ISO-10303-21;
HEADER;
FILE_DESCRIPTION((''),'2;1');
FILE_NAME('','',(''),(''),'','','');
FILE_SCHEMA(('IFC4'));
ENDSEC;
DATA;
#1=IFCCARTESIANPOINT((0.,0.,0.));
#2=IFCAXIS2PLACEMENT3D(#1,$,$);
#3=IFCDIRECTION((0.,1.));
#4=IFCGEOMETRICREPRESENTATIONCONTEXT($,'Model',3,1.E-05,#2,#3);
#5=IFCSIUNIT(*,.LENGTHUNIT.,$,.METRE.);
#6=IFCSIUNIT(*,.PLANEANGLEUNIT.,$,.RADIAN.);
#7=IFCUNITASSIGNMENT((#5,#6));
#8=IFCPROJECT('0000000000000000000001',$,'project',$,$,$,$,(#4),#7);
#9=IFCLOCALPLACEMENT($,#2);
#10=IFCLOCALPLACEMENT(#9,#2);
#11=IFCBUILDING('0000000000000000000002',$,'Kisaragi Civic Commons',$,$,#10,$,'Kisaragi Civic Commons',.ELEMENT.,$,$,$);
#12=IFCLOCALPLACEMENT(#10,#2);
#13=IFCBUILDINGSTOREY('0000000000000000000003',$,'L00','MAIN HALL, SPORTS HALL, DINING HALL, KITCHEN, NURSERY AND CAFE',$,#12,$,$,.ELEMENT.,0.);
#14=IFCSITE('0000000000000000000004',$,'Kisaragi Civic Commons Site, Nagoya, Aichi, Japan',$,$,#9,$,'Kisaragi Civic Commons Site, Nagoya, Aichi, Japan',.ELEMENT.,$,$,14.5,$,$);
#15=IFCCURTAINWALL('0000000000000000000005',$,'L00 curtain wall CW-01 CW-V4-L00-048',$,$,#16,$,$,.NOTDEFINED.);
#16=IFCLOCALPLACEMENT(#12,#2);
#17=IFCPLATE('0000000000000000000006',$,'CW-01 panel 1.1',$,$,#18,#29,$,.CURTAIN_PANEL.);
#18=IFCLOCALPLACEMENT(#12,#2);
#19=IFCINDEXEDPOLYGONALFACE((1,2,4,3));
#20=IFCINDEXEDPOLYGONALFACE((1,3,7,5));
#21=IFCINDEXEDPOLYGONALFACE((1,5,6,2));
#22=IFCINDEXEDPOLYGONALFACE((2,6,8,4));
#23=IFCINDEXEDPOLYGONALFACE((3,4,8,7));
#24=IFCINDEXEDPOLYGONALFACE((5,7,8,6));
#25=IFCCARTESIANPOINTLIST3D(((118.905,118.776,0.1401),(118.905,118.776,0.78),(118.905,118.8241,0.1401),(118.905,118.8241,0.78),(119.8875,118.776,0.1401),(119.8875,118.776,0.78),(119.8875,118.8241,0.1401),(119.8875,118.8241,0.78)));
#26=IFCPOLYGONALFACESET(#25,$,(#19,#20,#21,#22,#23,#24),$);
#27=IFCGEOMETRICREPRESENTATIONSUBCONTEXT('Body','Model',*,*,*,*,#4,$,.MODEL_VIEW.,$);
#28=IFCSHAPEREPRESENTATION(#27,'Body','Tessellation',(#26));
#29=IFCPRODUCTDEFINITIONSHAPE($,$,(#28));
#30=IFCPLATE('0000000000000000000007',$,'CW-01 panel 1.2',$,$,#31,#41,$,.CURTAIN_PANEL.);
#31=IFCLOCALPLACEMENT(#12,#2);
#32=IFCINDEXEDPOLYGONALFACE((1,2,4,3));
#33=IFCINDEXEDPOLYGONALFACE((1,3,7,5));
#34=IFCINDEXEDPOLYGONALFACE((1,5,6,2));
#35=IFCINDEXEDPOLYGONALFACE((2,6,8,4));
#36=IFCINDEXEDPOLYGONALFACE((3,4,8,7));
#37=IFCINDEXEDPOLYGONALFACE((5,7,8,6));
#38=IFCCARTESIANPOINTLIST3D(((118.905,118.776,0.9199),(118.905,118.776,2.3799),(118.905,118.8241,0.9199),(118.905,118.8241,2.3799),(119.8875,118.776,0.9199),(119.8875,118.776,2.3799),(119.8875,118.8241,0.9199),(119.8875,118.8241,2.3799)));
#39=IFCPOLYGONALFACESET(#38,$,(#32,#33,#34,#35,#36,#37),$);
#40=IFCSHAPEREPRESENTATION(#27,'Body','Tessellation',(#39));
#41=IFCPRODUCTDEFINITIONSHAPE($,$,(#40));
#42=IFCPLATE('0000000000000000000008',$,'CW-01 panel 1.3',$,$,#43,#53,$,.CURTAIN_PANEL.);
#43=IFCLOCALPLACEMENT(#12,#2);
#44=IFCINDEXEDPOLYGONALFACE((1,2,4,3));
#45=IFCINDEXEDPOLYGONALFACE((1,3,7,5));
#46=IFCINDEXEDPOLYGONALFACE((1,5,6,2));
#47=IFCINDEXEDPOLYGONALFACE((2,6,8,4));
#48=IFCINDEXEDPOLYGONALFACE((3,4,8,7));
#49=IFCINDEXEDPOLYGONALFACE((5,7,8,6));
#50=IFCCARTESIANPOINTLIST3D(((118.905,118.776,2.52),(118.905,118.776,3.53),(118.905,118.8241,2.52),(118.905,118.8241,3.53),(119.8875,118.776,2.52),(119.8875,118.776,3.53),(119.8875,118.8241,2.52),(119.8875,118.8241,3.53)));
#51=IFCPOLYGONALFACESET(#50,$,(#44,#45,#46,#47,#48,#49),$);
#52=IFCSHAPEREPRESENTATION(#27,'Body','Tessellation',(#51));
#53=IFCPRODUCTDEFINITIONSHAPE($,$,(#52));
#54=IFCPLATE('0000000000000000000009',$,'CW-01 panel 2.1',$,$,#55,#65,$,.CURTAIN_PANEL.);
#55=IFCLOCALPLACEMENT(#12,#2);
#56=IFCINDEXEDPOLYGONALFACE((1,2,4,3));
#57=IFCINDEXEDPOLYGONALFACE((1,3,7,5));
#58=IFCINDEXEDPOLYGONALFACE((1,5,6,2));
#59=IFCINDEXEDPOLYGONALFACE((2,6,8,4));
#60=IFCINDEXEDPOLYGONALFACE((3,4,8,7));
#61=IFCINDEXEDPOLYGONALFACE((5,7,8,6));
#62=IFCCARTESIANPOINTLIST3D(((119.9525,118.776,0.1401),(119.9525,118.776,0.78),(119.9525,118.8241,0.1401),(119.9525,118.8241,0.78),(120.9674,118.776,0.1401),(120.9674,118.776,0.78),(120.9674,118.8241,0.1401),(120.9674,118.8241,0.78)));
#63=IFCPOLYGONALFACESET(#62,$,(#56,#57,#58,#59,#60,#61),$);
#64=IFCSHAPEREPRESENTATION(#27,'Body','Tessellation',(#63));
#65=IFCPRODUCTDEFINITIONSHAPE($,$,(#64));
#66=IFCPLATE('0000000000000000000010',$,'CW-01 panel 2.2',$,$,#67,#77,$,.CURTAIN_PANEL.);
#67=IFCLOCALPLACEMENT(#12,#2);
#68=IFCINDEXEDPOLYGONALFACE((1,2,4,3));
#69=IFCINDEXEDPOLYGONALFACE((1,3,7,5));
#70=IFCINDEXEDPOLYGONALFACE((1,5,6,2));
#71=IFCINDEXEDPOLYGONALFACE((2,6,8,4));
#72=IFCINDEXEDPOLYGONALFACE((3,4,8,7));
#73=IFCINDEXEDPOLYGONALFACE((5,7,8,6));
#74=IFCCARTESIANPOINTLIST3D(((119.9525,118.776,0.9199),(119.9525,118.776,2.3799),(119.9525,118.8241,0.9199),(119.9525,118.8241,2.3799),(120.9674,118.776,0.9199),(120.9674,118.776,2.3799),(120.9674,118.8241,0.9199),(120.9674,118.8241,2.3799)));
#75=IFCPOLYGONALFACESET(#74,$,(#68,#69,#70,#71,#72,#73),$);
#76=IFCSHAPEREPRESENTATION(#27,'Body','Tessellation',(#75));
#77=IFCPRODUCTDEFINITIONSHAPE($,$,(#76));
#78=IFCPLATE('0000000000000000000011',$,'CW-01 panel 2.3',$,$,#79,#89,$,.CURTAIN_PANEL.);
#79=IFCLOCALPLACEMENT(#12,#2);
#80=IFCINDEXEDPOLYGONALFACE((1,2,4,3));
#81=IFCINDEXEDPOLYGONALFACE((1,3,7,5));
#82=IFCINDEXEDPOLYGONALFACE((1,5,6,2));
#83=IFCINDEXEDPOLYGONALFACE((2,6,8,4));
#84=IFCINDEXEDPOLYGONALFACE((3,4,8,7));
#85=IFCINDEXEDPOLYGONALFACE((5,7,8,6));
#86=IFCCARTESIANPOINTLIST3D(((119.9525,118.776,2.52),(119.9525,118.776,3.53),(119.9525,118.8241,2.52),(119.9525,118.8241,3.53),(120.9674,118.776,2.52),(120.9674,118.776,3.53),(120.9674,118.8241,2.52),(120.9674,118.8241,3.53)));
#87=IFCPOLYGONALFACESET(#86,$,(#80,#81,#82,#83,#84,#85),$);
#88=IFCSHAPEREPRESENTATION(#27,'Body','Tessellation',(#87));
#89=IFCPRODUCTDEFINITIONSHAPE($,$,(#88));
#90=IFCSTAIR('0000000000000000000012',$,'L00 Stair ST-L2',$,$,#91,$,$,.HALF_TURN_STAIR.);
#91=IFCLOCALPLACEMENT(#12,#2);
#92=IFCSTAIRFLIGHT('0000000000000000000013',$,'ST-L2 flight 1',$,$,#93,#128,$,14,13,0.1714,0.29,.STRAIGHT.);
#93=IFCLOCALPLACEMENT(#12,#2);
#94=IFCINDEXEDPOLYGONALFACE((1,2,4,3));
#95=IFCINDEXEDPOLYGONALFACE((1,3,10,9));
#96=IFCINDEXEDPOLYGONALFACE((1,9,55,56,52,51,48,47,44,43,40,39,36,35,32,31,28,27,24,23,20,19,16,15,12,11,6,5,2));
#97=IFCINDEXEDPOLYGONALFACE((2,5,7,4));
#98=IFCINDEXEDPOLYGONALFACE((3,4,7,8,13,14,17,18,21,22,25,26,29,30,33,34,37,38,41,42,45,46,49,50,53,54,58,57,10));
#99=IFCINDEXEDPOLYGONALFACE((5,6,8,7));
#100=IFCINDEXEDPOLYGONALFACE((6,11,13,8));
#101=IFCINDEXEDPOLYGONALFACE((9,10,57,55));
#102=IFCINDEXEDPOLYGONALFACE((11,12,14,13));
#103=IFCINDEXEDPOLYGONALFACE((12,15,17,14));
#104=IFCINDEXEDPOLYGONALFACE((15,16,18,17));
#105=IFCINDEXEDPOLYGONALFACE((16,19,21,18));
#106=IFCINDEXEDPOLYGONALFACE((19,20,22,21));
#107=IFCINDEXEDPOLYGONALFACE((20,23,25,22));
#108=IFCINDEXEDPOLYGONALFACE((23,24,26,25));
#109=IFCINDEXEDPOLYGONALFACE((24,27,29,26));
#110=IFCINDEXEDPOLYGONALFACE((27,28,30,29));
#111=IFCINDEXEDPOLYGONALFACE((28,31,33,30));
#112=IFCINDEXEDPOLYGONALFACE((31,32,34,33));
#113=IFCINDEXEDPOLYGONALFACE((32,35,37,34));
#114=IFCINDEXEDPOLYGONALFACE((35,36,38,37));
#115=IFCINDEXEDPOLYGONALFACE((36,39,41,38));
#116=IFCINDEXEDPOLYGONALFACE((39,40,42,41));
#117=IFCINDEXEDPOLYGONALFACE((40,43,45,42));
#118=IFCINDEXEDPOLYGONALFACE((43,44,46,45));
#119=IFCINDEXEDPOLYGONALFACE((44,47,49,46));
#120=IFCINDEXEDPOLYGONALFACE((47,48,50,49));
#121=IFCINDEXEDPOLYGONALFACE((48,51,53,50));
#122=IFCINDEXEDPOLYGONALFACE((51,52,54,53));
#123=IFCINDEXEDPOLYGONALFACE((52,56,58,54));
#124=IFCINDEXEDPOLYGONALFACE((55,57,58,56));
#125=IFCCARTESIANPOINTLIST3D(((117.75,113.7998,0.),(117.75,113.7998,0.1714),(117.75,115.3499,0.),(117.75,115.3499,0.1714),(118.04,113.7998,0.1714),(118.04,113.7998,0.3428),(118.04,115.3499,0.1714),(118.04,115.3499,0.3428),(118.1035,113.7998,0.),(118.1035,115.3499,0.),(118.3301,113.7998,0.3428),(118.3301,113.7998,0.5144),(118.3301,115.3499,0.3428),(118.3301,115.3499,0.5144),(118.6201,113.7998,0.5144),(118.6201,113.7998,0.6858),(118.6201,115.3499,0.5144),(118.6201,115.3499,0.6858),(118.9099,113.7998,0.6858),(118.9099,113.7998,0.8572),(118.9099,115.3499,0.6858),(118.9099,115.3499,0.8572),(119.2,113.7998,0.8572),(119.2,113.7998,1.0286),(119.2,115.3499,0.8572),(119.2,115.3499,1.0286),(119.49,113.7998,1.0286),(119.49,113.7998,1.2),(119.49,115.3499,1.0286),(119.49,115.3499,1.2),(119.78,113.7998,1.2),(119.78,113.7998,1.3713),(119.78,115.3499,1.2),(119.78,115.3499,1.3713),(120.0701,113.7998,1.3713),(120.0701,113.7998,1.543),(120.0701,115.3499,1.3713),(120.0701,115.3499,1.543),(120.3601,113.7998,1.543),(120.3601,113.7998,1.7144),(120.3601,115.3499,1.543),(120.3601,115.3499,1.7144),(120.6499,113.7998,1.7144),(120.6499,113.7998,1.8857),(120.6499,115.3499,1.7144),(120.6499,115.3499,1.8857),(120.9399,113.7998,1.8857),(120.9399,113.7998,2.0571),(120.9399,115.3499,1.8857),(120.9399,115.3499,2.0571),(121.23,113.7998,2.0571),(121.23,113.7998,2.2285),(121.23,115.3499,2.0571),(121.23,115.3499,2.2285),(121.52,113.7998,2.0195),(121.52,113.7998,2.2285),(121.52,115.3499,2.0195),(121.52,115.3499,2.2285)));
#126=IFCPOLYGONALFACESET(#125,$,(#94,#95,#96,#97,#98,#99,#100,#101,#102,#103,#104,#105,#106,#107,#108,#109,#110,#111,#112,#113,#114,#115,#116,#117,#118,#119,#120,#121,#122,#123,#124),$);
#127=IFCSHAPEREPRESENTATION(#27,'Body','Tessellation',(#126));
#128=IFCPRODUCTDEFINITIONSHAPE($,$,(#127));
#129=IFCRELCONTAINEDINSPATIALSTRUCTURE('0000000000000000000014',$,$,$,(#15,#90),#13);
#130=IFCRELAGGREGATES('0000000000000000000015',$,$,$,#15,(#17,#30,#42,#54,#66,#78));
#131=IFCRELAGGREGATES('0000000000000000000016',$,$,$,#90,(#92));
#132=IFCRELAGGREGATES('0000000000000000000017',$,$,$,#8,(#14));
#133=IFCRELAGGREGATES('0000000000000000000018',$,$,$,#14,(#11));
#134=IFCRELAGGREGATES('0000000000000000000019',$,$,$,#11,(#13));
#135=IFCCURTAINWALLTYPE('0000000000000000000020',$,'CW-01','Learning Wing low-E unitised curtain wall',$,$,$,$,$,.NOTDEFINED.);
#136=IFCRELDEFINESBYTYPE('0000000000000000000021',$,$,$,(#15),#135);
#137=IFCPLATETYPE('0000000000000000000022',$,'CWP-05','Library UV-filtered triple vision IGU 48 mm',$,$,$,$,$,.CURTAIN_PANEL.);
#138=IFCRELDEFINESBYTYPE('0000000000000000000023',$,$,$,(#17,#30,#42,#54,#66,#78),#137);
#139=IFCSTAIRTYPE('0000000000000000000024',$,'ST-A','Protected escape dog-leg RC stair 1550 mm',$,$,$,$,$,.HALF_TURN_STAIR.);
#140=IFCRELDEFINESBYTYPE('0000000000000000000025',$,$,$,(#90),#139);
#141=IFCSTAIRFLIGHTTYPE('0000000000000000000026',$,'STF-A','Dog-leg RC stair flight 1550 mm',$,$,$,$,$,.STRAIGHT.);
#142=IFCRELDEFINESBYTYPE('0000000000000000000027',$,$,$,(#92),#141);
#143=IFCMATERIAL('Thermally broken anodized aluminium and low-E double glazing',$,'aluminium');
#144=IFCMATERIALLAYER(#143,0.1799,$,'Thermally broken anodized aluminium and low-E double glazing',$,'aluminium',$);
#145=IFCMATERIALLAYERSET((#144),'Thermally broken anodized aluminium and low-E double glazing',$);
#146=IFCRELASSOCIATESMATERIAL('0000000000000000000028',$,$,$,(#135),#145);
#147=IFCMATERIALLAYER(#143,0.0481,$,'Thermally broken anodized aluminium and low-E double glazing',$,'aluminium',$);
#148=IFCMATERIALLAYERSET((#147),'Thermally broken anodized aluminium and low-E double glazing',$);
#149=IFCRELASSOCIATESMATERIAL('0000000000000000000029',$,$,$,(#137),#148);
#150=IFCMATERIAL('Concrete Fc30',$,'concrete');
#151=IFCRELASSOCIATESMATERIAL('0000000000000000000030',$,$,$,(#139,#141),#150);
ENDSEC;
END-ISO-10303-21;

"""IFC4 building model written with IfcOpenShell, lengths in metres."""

from ifc_helpers import new_model, si_unit, direction, frame, origin, origin_2d, place, context, subcontext, project, spatial, polyline, rectangle, outline, extrude, material, layer, layer_set, type_object, element, aggregate, save


model = new_model("IFC4")

# Units and contexts
model_context = context("Model", 3, precision=1e-05, world=origin(), true_north=direction((0.0, 1.0)))
body_context = subcontext(model_context, "Body", "Model", "MODEL_VIEW")
ifc_project = project(units=[si_unit("LENGTHUNIT", "METRE"), si_unit("PLANEANGLEUNIT", "RADIAN")], contexts=[model_context])

# Site, building, storey
site_placement = place(None, origin())
site = spatial("IfcSite", under=ifc_project, at=site_placement, Name="Kisaragi Civic Commons Site, Nagoya, Aichi, Japan", LongName="Kisaragi Civic Commons Site, Nagoya, Aichi, Japan", CompositionType="ELEMENT", RefElevation=14.5)
building_placement = place(site_placement, origin())
building = spatial("IfcBuilding", under=site, at=building_placement, Name="Kisaragi Civic Commons", LongName="Kisaragi Civic Commons", CompositionType="ELEMENT")
storey_placement = place(building_placement, origin())
storey = spatial("IfcBuildingStorey", under=building, at=storey_placement, Name="L00", Description="MAIN HALL, SPORTS HALL, DINING HALL, KITCHEN, NURSERY AND CAFE", CompositionType="ELEMENT", Elevation=0.0)

# Curtain wall
ifc_material_1 = material(Name="Thermally broken anodized aluminium and low-E double glazing", Category="aluminium")
ifc_layer_1 = layer(ifc_material_1, 0.1799, Name="Thermally broken anodized aluminium and low-E double glazing", Category="aluminium")
ifc_layer_set_1 = layer_set([ifc_layer_1], Name="Thermally broken anodized aluminium and low-E double glazing")
curtain_wall_type = type_object("IfcCurtainWallType", Name="CW-01", Description="Learning Wing low-E unitised curtain wall", PredefinedType="NOTDEFINED", material=ifc_layer_set_1)
curtain_wall_1_placement = place(storey_placement, origin())
curtain_wall_1 = element("IfcCurtainWall", 1, at=curtain_wall_1_placement, inside=storey, type_object=curtain_wall_type, Name="L00 curtain wall CW-01 CW-V4-L00-048", PredefinedType="NOTDEFINED")

# Plates
ifc_layer_2 = layer(ifc_material_1, 0.0481, Name="Thermally broken anodized aluminium and low-E double glazing", Category="aluminium")
ifc_layer_set_2 = layer_set([ifc_layer_2], Name="Thermally broken anodized aluminium and low-E double glazing")
plate_type_1 = type_object("IfcPlateType", Name="CWP-05", Description="Library UV-filtered triple vision IGU 48 mm", PredefinedType="CURTAIN_PANEL", material=ifc_layer_set_2)
plate_1_placement = place(storey_placement, frame((119.3962, 118.8, 0.1401), z_axis=(0.0, 0.0, 1.0), x_axis=(1.0, 0.0, 0.0)))
plate_1 = element("IfcPlate", 2, at=plate_1_placement, type_object=plate_type_1, Name="CW-01 panel 1.1", PredefinedType="CURTAIN_PANEL", context=body_context, shape_type="SweptSolid", body=[
    extrude(rectangle(XDim=0.9824, YDim=0.0481, at=origin_2d()), origin(), (0.0, 0.0, 1.0), 0.6399),
])
plate_2_placement = place(storey_placement, frame((119.3962, 118.8, 0.9199), z_axis=(0.0, 0.0, 1.0), x_axis=(1.0, 0.0, 0.0)))
plate_2 = element("IfcPlate", 3, at=plate_2_placement, type_object=plate_type_1, Name="CW-01 panel 1.2", PredefinedType="CURTAIN_PANEL", context=body_context, shape_type="SweptSolid", body=[
    extrude(rectangle(XDim=0.9824, YDim=0.0481, at=origin_2d()), origin(), (0.0, 0.0, 1.0), 1.46),
])
plate_3_placement = place(storey_placement, frame((119.3962, 118.8, 2.52), z_axis=(0.0, 0.0, 1.0), x_axis=(1.0, 0.0, 0.0)))
plate_3 = element("IfcPlate", 4, at=plate_3_placement, type_object=plate_type_1, Name="CW-01 panel 1.3", PredefinedType="CURTAIN_PANEL", context=body_context, shape_type="SweptSolid", body=[
    extrude(rectangle(XDim=0.9824, YDim=0.0481, at=origin_2d()), origin(), (0.0, 0.0, 1.0), 1.01),
])
plate_4_placement = place(storey_placement, frame((120.46, 118.8, 0.1401), z_axis=(0.0, 0.0, 1.0), x_axis=(1.0, 0.0, 0.0)))
plate_4 = element("IfcPlate", 5, at=plate_4_placement, type_object=plate_type_1, Name="CW-01 panel 2.1", PredefinedType="CURTAIN_PANEL", context=body_context, shape_type="SweptSolid", body=[
    extrude(rectangle(XDim=1.0149, YDim=0.0481, at=origin_2d()), origin(), (0.0, 0.0, 1.0), 0.6399),
])
plate_5_placement = place(storey_placement, frame((120.46, 118.8, 0.9199), z_axis=(0.0, 0.0, 1.0), x_axis=(1.0, 0.0, 0.0)))
plate_5 = element("IfcPlate", 6, at=plate_5_placement, type_object=plate_type_1, Name="CW-01 panel 2.2", PredefinedType="CURTAIN_PANEL", context=body_context, shape_type="SweptSolid", body=[
    extrude(rectangle(XDim=1.0149, YDim=0.0481, at=origin_2d()), origin(), (0.0, 0.0, 1.0), 1.46),
])
plate_6_placement = place(storey_placement, frame((120.46, 118.8, 2.52), z_axis=(0.0, 0.0, 1.0), x_axis=(1.0, 0.0, 0.0)))
plate_6 = element("IfcPlate", 7, at=plate_6_placement, type_object=plate_type_1, Name="CW-01 panel 2.3", PredefinedType="CURTAIN_PANEL", context=body_context, shape_type="SweptSolid", body=[
    extrude(rectangle(XDim=1.0149, YDim=0.0481, at=origin_2d()), origin(), (0.0, 0.0, 1.0), 1.01),
])
aggregate(curtain_wall_1, [plate_1, plate_2, plate_3, plate_4, plate_5, plate_6])

# Stair, stair flight
ifc_material_2 = material(Name="Concrete Fc30", Category="concrete")
stair_type = type_object("IfcStairType", Name="ST-A", Description="Protected escape dog-leg RC stair 1550 mm", PredefinedType="HALF_TURN_STAIR", material=ifc_material_2)
stair_placement = place(storey_placement, origin())
stair = element("IfcStair", 8, at=stair_placement, inside=storey, type_object=stair_type, Name="L00 Stair ST-L2", PredefinedType="HALF_TURN_STAIR")
stair_flight_type = type_object("IfcStairFlightType", Name="STF-A", Description="Dog-leg RC stair flight 1550 mm", PredefinedType="STRAIGHT", material=ifc_material_2)
stair_flight_placement = place(storey_placement, frame((117.75, 114.575, 0.0), z_axis=(0.0, 0.0, 1.0), x_axis=(1.0, 0.0, 0.0)))
stair_flight = element("IfcStairFlight", 9, at=stair_flight_placement, type_object=stair_flight_type, Name="ST-L2 flight 1", NumberOfRisers=14, NumberOfTreads=13, PredefinedType="STRAIGHT", RiserHeight=0.1714, TreadLength=0.29, context=body_context, shape_type="SweptSolid", body=[
    extrude(outline(polyline([(0.0, 0.0), (0.0, 0.1714), (0.29, 0.1714), (0.29, 0.3428), (0.5801, 0.3428), (0.5801, 0.5144), (0.8701, 0.5144), (0.8701, 0.6858), (1.1599, 0.6858), (1.1599, 0.8572), (1.45, 0.8572), (1.45, 1.0286), (1.74, 1.0286), (1.74, 1.2), (2.03, 1.2), (2.03, 1.3713), (2.3201, 1.3713), (2.3201, 1.543), (2.6101, 1.543), (2.6101, 1.7144), (2.8999, 1.7144), (2.8999, 1.8857), (3.1899, 1.8857), (3.1899, 2.0571), (3.48, 2.0571), (3.48, 2.2285), (3.77, 2.2285), (3.77, 2.3999), (3.77, 2.0195), (0.3535, 0.0), (0.0, 0.0)])), frame((0.0, 0.7749, 0.0), z_axis=(0.0, -1.0, 0.0), x_axis=(1.0, 0.0, 0.0)), (0.0, 0.0, 1.0), 1.55),
])
aggregate(stair, [stair_flight])

save(model, "model.ifc")
